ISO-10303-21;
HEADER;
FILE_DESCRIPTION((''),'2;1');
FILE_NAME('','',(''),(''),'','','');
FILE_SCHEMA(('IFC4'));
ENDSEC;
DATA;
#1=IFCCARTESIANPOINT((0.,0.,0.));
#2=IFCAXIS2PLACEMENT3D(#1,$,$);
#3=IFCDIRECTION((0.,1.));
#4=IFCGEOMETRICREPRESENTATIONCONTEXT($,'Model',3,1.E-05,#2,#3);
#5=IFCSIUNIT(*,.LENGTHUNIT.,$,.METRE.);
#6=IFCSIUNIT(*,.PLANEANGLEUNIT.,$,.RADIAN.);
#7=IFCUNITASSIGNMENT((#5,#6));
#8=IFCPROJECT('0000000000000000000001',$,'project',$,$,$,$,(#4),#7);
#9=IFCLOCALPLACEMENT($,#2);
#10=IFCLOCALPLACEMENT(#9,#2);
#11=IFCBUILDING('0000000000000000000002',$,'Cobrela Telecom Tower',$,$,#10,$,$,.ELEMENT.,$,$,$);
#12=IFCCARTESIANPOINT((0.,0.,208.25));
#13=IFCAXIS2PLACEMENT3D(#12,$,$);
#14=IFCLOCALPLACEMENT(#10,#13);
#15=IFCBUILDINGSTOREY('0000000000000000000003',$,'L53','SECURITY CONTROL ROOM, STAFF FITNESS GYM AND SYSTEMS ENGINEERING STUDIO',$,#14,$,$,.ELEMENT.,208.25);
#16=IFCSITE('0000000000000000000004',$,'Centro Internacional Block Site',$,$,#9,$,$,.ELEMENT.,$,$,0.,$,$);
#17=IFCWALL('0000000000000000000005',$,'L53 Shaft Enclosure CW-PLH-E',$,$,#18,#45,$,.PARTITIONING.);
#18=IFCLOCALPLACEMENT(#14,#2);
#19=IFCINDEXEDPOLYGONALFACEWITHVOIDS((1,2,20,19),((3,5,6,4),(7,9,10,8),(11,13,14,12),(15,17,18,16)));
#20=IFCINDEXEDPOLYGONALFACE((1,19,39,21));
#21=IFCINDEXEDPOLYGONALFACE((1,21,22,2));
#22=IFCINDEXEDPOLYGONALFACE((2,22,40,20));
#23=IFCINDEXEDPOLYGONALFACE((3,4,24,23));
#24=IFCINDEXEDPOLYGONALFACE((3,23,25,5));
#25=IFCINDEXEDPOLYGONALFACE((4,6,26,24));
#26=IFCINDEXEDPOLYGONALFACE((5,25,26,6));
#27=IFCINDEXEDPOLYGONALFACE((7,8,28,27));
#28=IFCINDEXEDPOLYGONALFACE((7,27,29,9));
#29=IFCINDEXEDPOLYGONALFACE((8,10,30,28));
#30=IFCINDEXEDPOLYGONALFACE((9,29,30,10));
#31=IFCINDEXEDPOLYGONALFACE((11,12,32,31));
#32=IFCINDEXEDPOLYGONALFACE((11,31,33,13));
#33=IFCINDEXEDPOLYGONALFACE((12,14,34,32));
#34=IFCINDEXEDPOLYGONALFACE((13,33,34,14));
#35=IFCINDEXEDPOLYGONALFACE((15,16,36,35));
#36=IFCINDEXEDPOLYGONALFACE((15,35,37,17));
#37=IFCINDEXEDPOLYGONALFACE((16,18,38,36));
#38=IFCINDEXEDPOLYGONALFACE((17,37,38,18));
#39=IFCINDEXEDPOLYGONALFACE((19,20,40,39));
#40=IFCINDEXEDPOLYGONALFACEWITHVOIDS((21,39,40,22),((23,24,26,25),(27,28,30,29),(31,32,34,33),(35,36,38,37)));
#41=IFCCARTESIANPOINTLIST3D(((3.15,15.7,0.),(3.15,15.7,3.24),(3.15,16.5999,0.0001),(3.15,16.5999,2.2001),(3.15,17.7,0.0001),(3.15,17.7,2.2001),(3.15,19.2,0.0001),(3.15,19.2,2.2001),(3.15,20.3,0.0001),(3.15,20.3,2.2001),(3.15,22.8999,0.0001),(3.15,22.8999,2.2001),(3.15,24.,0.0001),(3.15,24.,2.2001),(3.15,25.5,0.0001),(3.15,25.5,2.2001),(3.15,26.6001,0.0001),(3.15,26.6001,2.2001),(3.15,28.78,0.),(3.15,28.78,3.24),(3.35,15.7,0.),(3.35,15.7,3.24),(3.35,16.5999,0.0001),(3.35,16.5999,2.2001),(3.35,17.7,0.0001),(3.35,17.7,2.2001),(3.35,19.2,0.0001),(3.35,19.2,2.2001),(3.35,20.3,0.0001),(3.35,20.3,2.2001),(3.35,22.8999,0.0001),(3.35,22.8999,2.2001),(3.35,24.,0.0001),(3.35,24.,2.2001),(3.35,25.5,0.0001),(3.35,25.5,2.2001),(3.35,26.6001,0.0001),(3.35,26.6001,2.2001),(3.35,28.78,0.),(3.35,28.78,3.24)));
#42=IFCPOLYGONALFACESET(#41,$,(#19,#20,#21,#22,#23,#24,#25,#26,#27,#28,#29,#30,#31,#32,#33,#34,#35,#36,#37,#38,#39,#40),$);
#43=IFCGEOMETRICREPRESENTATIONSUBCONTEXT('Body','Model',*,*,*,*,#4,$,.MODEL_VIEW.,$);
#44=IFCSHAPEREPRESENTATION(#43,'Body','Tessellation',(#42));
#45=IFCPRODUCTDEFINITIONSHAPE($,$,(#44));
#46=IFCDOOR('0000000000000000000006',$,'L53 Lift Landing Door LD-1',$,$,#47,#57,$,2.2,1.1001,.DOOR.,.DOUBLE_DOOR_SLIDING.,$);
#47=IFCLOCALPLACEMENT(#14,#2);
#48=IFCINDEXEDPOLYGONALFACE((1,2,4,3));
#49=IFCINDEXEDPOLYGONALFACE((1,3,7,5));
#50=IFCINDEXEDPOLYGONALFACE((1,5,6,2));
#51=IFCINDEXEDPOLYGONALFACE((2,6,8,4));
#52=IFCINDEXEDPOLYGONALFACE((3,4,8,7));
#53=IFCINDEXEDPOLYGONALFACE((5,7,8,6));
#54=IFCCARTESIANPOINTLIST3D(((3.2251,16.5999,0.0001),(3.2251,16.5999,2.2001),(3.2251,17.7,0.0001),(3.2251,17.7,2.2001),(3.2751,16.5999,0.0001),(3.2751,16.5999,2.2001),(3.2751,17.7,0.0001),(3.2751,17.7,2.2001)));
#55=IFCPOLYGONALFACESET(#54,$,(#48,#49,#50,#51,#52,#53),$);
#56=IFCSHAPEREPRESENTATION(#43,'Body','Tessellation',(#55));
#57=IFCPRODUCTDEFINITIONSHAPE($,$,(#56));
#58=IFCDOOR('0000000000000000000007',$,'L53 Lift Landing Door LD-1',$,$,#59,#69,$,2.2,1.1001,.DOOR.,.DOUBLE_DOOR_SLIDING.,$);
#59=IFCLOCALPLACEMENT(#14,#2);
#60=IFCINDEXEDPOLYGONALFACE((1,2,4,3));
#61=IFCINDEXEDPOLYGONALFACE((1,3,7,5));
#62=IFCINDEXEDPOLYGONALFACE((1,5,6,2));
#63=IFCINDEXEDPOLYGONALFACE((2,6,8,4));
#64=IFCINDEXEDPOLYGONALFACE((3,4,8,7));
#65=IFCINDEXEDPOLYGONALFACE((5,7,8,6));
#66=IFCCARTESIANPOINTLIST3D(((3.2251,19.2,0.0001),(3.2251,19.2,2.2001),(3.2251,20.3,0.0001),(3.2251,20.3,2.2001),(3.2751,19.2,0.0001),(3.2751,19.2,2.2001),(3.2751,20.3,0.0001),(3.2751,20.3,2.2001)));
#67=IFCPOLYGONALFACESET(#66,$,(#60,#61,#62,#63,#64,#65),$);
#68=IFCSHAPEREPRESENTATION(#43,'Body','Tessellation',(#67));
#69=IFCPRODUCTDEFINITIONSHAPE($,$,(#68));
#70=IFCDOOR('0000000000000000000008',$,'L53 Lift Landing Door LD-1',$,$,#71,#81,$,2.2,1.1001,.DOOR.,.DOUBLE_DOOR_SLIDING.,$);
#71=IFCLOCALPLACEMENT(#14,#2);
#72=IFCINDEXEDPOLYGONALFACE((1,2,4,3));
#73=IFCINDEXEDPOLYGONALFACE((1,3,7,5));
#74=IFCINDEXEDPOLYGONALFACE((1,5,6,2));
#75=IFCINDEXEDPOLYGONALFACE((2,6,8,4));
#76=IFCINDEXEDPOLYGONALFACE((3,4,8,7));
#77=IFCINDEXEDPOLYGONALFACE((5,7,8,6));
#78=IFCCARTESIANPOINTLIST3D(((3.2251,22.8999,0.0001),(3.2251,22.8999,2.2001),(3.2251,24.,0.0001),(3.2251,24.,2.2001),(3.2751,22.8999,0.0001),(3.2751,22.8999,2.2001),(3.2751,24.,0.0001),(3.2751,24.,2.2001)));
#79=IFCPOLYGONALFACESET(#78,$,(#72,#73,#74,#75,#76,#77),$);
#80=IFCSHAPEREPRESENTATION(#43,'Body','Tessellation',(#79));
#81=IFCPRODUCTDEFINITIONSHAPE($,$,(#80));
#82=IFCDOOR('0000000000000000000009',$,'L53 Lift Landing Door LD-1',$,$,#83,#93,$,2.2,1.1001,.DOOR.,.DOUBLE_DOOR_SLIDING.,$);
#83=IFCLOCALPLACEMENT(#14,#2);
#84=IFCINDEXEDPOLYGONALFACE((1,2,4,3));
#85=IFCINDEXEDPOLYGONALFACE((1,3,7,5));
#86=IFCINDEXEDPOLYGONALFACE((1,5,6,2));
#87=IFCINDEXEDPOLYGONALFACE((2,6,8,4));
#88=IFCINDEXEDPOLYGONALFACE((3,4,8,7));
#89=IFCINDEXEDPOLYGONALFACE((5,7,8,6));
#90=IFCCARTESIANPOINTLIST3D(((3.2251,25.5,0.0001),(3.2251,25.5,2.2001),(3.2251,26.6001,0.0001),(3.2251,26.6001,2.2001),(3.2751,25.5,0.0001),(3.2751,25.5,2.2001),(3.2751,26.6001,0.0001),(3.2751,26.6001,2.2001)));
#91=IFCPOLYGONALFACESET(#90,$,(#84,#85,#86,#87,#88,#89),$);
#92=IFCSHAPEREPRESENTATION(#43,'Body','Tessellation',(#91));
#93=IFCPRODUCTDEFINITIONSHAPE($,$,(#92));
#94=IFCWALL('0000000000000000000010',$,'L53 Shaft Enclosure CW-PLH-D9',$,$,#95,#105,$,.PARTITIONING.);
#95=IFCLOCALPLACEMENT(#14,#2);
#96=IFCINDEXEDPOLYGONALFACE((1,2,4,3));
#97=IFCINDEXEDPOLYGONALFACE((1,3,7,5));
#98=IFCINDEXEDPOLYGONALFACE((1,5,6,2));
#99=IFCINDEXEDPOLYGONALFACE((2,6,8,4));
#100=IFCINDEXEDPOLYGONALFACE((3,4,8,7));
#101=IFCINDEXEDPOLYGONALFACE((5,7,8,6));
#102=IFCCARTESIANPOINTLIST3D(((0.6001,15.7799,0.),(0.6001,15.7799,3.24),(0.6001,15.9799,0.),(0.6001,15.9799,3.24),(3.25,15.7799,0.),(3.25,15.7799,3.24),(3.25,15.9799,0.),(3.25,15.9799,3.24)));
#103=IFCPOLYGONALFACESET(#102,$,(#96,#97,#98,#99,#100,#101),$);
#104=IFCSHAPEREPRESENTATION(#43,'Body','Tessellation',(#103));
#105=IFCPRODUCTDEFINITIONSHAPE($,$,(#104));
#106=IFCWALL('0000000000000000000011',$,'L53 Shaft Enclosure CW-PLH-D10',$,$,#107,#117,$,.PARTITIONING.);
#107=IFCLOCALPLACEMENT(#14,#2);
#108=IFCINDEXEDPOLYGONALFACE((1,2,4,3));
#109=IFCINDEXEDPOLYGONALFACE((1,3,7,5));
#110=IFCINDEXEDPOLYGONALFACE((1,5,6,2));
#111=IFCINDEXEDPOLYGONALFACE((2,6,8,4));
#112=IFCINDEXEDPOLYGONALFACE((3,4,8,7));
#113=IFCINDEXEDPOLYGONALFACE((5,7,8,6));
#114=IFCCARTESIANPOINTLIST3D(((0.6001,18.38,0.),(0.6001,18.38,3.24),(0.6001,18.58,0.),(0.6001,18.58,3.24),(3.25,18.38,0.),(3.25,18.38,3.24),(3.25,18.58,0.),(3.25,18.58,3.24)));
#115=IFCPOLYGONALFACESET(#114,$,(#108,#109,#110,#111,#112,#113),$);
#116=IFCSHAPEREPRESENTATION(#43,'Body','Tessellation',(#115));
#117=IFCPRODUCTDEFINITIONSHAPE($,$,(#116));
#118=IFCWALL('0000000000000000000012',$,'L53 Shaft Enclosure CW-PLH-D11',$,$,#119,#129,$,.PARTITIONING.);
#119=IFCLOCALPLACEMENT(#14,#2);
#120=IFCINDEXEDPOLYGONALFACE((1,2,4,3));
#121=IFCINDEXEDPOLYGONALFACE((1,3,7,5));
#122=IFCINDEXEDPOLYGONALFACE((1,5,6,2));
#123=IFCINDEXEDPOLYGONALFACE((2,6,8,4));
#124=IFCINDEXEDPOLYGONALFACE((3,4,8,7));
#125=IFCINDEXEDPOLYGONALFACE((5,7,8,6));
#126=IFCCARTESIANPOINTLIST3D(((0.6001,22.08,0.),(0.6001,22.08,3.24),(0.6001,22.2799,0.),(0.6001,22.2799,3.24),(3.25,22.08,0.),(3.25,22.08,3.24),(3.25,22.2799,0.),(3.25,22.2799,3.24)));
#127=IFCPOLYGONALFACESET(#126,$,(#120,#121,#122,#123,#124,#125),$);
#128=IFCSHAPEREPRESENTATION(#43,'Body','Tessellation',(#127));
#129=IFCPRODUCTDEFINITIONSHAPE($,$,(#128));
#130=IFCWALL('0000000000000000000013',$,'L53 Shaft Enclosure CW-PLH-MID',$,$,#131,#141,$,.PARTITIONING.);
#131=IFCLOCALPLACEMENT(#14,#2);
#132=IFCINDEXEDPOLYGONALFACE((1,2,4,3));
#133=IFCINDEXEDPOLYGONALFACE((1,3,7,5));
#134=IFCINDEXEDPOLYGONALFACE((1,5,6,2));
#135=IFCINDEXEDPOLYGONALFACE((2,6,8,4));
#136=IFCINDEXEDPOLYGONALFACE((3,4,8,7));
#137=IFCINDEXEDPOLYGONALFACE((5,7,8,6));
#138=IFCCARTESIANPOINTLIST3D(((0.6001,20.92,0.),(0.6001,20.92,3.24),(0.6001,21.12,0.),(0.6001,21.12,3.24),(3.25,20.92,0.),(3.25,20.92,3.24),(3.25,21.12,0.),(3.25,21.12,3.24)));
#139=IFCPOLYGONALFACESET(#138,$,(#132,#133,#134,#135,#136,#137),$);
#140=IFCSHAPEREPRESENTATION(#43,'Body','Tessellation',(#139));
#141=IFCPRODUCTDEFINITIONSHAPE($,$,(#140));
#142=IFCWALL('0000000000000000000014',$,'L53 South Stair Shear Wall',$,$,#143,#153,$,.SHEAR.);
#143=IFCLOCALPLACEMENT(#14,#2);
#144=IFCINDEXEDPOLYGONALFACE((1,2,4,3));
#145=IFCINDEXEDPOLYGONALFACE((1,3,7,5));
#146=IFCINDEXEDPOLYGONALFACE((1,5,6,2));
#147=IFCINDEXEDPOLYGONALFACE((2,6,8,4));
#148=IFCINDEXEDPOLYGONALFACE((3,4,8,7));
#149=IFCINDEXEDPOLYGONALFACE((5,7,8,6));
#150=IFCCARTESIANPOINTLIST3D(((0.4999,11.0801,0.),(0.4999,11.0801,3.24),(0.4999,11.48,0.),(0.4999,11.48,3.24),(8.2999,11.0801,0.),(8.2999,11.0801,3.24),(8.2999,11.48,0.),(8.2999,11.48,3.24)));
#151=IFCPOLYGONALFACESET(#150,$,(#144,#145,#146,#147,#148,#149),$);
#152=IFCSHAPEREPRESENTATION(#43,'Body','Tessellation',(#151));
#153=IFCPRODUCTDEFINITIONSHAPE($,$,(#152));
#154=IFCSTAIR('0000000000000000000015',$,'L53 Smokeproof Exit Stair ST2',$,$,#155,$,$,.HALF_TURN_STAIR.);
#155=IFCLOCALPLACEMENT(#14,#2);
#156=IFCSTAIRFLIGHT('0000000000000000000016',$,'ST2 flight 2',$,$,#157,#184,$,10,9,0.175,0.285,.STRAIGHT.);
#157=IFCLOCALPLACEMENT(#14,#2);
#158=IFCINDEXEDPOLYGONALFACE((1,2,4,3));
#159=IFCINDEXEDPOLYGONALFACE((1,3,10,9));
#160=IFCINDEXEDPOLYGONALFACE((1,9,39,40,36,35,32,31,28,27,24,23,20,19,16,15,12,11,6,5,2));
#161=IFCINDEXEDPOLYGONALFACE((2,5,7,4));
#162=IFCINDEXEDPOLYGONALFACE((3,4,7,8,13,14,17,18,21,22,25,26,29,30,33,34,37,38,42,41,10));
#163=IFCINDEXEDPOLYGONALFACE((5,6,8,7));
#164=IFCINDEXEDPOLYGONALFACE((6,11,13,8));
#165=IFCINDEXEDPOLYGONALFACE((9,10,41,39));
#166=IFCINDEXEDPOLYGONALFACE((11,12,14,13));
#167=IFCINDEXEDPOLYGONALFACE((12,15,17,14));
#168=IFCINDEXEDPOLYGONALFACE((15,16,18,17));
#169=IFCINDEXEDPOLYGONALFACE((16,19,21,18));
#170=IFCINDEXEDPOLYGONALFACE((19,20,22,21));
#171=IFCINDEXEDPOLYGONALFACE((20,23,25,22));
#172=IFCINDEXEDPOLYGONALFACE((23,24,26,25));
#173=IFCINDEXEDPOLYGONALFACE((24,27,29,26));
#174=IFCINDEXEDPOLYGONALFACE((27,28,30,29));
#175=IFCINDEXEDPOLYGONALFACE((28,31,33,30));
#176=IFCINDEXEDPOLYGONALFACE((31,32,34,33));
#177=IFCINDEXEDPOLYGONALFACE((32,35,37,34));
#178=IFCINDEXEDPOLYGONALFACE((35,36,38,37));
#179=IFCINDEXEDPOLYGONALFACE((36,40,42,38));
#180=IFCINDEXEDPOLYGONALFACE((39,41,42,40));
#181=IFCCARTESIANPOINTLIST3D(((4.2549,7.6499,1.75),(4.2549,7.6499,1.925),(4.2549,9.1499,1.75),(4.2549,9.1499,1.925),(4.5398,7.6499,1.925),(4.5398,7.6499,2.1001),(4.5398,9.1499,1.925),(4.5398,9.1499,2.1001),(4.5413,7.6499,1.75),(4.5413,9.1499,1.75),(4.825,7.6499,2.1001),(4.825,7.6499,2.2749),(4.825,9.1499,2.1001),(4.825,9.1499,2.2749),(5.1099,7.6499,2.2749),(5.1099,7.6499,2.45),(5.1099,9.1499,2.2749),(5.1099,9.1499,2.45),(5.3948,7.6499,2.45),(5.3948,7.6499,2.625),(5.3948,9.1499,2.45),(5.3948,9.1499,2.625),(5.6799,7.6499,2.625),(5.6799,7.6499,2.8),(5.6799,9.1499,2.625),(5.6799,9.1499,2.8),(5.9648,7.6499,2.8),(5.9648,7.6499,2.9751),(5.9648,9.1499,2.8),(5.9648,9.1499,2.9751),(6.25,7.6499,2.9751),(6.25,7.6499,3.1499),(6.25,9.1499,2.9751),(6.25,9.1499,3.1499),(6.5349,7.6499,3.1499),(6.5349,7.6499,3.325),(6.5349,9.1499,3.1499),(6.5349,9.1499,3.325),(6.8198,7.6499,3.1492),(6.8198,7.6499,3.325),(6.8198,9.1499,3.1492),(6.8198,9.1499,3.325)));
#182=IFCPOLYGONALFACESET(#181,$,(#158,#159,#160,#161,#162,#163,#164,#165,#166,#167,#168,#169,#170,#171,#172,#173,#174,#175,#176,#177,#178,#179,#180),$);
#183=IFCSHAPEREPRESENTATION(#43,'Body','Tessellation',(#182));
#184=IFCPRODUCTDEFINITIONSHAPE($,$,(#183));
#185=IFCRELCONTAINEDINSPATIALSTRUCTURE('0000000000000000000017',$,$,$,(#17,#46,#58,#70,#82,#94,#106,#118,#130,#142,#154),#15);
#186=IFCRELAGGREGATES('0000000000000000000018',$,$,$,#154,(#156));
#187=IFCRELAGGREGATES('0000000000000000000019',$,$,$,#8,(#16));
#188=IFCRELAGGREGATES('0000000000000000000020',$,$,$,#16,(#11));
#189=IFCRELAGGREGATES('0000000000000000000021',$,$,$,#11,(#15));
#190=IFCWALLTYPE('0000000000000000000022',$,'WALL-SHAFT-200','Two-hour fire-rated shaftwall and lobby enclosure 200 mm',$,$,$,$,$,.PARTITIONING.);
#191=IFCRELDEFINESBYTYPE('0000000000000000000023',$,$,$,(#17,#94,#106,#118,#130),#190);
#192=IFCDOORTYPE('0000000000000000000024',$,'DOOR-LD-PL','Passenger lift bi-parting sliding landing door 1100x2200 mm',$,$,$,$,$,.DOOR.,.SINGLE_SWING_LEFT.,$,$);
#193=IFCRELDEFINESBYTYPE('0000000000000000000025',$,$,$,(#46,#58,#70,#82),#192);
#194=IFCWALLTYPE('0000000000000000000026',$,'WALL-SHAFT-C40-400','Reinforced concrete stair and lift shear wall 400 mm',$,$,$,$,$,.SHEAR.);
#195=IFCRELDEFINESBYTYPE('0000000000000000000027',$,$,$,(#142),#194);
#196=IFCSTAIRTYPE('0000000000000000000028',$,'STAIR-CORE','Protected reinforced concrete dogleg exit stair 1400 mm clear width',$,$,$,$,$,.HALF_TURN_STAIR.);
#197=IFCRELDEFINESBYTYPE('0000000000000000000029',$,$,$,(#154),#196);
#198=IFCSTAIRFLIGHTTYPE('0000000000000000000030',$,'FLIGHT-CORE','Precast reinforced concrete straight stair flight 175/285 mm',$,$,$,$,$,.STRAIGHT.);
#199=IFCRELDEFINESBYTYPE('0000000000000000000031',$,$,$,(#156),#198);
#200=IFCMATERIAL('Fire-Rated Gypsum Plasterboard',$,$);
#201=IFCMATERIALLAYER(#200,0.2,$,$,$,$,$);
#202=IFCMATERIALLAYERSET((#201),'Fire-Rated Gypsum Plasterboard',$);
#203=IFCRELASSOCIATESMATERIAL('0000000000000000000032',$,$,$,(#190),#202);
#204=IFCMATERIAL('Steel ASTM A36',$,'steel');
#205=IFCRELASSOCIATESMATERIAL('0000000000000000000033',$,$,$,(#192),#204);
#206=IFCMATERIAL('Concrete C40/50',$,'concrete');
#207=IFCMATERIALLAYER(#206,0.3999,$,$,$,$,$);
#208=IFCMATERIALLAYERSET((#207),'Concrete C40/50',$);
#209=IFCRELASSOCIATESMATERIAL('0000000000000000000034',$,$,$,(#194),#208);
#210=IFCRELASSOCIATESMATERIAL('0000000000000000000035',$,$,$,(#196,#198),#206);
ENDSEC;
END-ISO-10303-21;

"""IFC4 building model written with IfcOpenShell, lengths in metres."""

from ifc_helpers import new_model, si_unit, direction, frame, frame_2d, origin, place, context, subcontext, project, spatial, polyline, rectangle, outline, extrude, material, layer, layer_set, type_object, element, fill, aggregate, save


model = new_model("IFC4")

# Units and contexts
model_context = context("Model", 3, precision=1e-05, world=origin(), true_north=direction((0.0, 1.0)))
body_context = subcontext(model_context, "Body", "Model", "MODEL_VIEW")
ifc_project = project(units=[si_unit("LENGTHUNIT", "METRE"), si_unit("PLANEANGLEUNIT", "RADIAN")], contexts=[model_context])

# Site, building, storey
site_placement = place(None, origin())
site = spatial("IfcSite", under=ifc_project, at=site_placement, Name="Centro Internacional Block Site", CompositionType="ELEMENT", RefElevation=0.0)
building_placement = place(site_placement, origin())
building = spatial("IfcBuilding", under=site, at=building_placement, Name="Cobrela Telecom Tower", CompositionType="ELEMENT")
storey_placement = place(building_placement, frame((0.0, 0.0, 208.25)))
storey = spatial("IfcBuildingStorey", under=building, at=storey_placement, Name="L53", Description="SECURITY CONTROL ROOM, STAFF FITNESS GYM AND SYSTEMS ENGINEERING STUDIO", CompositionType="ELEMENT", Elevation=208.25)

# Shared definitions
ifc_material_1 = material(Name="Fire-Rated Gypsum Plasterboard")

# Wall, openings, doors
ifc_layer_1 = layer(ifc_material_1, 0.2)
ifc_layer_set_1 = layer_set([ifc_layer_1], Name="Fire-Rated Gypsum Plasterboard")
wall_type_1 = type_object("IfcWallType", Name="WALL-SHAFT-200", Description="Two-hour fire-rated shaftwall and lobby enclosure 200 mm", PredefinedType="PARTITIONING", material=ifc_layer_set_1)
wall_1_placement = place(storey_placement, frame((3.25, 15.7, 0.0), z_axis=(0.0, 0.0, 1.0), x_axis=(0.0, 1.0, 0.0)))
wall_1 = element("IfcWall", 1, at=wall_1_placement, inside=storey, type_object=wall_type_1, Name="L53 Shaft Enclosure CW-PLH-E", PredefinedType="PARTITIONING", context=body_context, shape_type="SweptSolid", body=[
    extrude(rectangle(XDim=13.0801, YDim=0.2, at=frame_2d((6.54, 0.0))), origin(), (0.0, 0.0, 1.0), 3.24),
])
opening_1_placement = place(wall_1_placement, frame((0.8999, 0.0, 0.0)))
opening_1 = element("IfcOpeningElement", 2, at=opening_1_placement, cuts=wall_1, PredefinedType="OPENING", context=body_context, shape_type="SweptSolid", body=[
    extrude(rectangle(XDim=1.1001, YDim=2.2, at=frame_2d((0.55, 1.1001))), frame((0.0, 0.1118, 0.0), z_axis=(0.0, -1.0, 0.0), x_axis=(1.0, 0.0, 0.0)), (0.0, 0.0, 1.0), 0.2239),
])
opening_2_placement = place(wall_1_placement, frame((3.5, 0.0, 0.0)))
opening_2 = element("IfcOpeningElement", 3, at=opening_2_placement, cuts=wall_1, PredefinedType="OPENING", context=body_context, shape_type="SweptSolid", body=[
    extrude(rectangle(XDim=1.1001, YDim=2.2, at=frame_2d((0.55, 1.1001))), frame((0.0, 0.1118, 0.0), z_axis=(0.0, -1.0, 0.0), x_axis=(1.0, 0.0, 0.0)), (0.0, 0.0, 1.0), 0.2239),
])
opening_3_placement = place(wall_1_placement, frame((7.2, 0.0, 0.0)))
opening_3 = element("IfcOpeningElement", 4, at=opening_3_placement, cuts=wall_1, PredefinedType="OPENING", context=body_context, shape_type="SweptSolid", body=[
    extrude(rectangle(XDim=1.1001, YDim=2.2, at=frame_2d((0.55, 1.1001))), frame((0.0, 0.1118, 0.0), z_axis=(0.0, -1.0, 0.0), x_axis=(1.0, 0.0, 0.0)), (0.0, 0.0, 1.0), 0.2239),
])
opening_4_placement = place(wall_1_placement, frame((9.8, 0.0, 0.0)))
opening_4 = element("IfcOpeningElement", 5, at=opening_4_placement, cuts=wall_1, PredefinedType="OPENING", context=body_context, shape_type="SweptSolid", body=[
    extrude(rectangle(XDim=1.1001, YDim=2.2, at=frame_2d((0.55, 1.1001))), frame((0.0, 0.1118, 0.0), z_axis=(0.0, -1.0, 0.0), x_axis=(1.0, 0.0, 0.0)), (0.0, 0.0, 1.0), 0.2239),
])
ifc_material_2 = material(Name="Steel ASTM A36", Category="steel")
door_type_1 = type_object("IfcDoorType", Name="DOOR-LD-PL", Description="Passenger lift bi-parting sliding landing door 1100x2200 mm", OperationType="SINGLE_SWING_LEFT", PredefinedType="DOOR", material=ifc_material_2)
door_1_placement = place(opening_1_placement, origin())
door_1 = element("IfcDoor", 6, at=door_1_placement, inside=storey, type_object=door_type_1, Name="L53 Lift Landing Door LD-1", OperationType="DOUBLE_DOOR_SLIDING", OverallHeight=2.2, OverallWidth=1.1001, PredefinedType="DOOR", context=body_context, shape_type="SweptSolid", body=[
    extrude(rectangle(XDim=1.1001, YDim=2.2, at=frame_2d((0.55, 1.1001))), frame((0.0, 0.0249, 0.0), z_axis=(0.0, -1.0, 0.0), x_axis=(1.0, 0.0, 0.0)), (0.0, 0.0, 1.0), 0.05),
])
fill(opening_1, door_1)
door_2_placement = place(opening_2_placement, origin())
door_2 = element("IfcDoor", 7, at=door_2_placement, inside=storey, type_object=door_type_1, Name="L53 Lift Landing Door LD-1", OperationType="DOUBLE_DOOR_SLIDING", OverallHeight=2.2, OverallWidth=1.1001, PredefinedType="DOOR", context=body_context, shape_type="SweptSolid", body=[
    extrude(rectangle(XDim=1.1001, YDim=2.2, at=frame_2d((0.55, 1.1001))), frame((0.0, 0.0249, 0.0), z_axis=(0.0, -1.0, 0.0), x_axis=(1.0, 0.0, 0.0)), (0.0, 0.0, 1.0), 0.05),
])
fill(opening_2, door_2)
door_3_placement = place(opening_3_placement, origin())
door_3 = element("IfcDoor", 8, at=door_3_placement, inside=storey, type_object=door_type_1, Name="L53 Lift Landing Door LD-1", OperationType="DOUBLE_DOOR_SLIDING", OverallHeight=2.2, OverallWidth=1.1001, PredefinedType="DOOR", context=body_context, shape_type="SweptSolid", body=[
    extrude(rectangle(XDim=1.1001, YDim=2.2, at=frame_2d((0.55, 1.1001))), frame((0.0, 0.0249, 0.0), z_axis=(0.0, -1.0, 0.0), x_axis=(1.0, 0.0, 0.0)), (0.0, 0.0, 1.0), 0.05),
])
fill(opening_3, door_3)
door_4_placement = place(opening_4_placement, origin())
door_4 = element("IfcDoor", 9, at=door_4_placement, inside=storey, type_object=door_type_1, Name="L53 Lift Landing Door LD-1", OperationType="DOUBLE_DOOR_SLIDING", OverallHeight=2.2, OverallWidth=1.1001, PredefinedType="DOOR", context=body_context, shape_type="SweptSolid", body=[
    extrude(rectangle(XDim=1.1001, YDim=2.2, at=frame_2d((0.55, 1.1001))), frame((0.0, 0.0249, 0.0), z_axis=(0.0, -1.0, 0.0), x_axis=(1.0, 0.0, 0.0)), (0.0, 0.0, 1.0), 0.05),
])
fill(opening_4, door_4)

# Walls
for number, where, z_axis, x_axis, name in (
    (10, (0.6001, 15.8799, 0.0), (0.0, 0.0, 1.0), (1.0, 0.0, 0.0), "L53 Shaft Enclosure CW-PLH-D9"),
    (11, (0.6001, 18.48, 0.0), (0.0, 0.0, 1.0), (1.0, 0.0, 0.0), "L53 Shaft Enclosure CW-PLH-D10"),
    (12, (0.6001, 22.1799, 0.0), (0.0, 0.0, 1.0), (1.0, 0.0, 0.0), "L53 Shaft Enclosure CW-PLH-D11"),
    (13, (0.6001, 21.02, 0.0), (0.0, 0.0, 1.0), (1.0, 0.0, 0.0), "L53 Shaft Enclosure CW-PLH-MID"),
):
    element("IfcWall", number, at=place(storey_placement, frame(where, z_axis=z_axis, x_axis=x_axis)), inside=storey, type_object=wall_type_1, Name=name, PredefinedType="PARTITIONING", context=body_context, shape_type="SweptSolid", body=[
        extrude(rectangle(XDim=2.6499, YDim=0.2, at=frame_2d((1.325, 0.0))), origin(), (0.0, 0.0, 1.0), 3.24),
    ])
ifc_material_3 = material(Name="Concrete C40/50", Category="concrete")
ifc_layer_2 = layer(ifc_material_3, 0.3999)
ifc_layer_set_2 = layer_set([ifc_layer_2], Name="Concrete C40/50")
wall_type_2 = type_object("IfcWallType", Name="WALL-SHAFT-C40-400", Description="Reinforced concrete stair and lift shear wall 400 mm", PredefinedType="SHEAR", material=ifc_layer_set_2)
wall_2_placement = place(storey_placement, frame((0.5, 11.28, 0.0), z_axis=(0.0, 0.0, 1.0), x_axis=(1.0, 0.0, 0.0)))
element("IfcWall", 14, at=wall_2_placement, inside=storey, type_object=wall_type_2, Name="L53 South Stair Shear Wall", PredefinedType="SHEAR", context=body_context, shape_type="SweptSolid", body=[
    extrude(rectangle(XDim=7.8, YDim=0.3999, at=frame_2d((3.8999, 0.0))), origin(), (0.0, 0.0, 1.0), 3.24),
])

# Stair, stair flight
stair_type = type_object("IfcStairType", Name="STAIR-CORE", Description="Protected reinforced concrete dogleg exit stair 1400 mm clear width", PredefinedType="HALF_TURN_STAIR", material=ifc_material_3)
stair_placement = place(storey_placement, origin())
stair = element("IfcStair", 15, at=stair_placement, inside=storey, type_object=stair_type, Name="L53 Smokeproof Exit Stair ST2", PredefinedType="HALF_TURN_STAIR")
stair_flight_type = type_object("IfcStairFlightType", Name="FLIGHT-CORE", Description="Precast reinforced concrete straight stair flight 175/285 mm", PredefinedType="STRAIGHT", material=ifc_material_3)
stair_flight_placement = place(storey_placement, frame((4.2549, 8.3999, 1.75), z_axis=(0.0, 0.0, 1.0), x_axis=(1.0, 0.0, 0.0)))
stair_flight = element("IfcStairFlight", 16, at=stair_flight_placement, type_object=stair_flight_type, Name="ST2 flight 2", NumberOfRisers=10, NumberOfTreads=9, PredefinedType="STRAIGHT", RiserHeight=0.175, TreadLength=0.285, context=body_context, shape_type="SweptSolid", body=[
    extrude(outline(polyline([(0.0, 0.0), (0.0, 0.175), (0.2849, 0.175), (0.2849, 0.3501), (0.5701, 0.3501), (0.5701, 0.5249), (0.855, 0.5249), (0.855, 0.7), (1.1399, 0.7), (1.1399, 0.875), (1.425, 0.875), (1.425, 1.05), (1.71, 1.05), (1.71, 1.2251), (1.9951, 1.2251), (1.9951, 1.3999), (2.28, 1.3999), (2.28, 1.575), (2.5649, 1.575), (2.5649, 1.75), (2.5649, 1.3992), (0.2864, 0.0), (0.0, 0.0)])), frame((0.0, 0.75, 0.0), z_axis=(0.0, -1.0, 0.0), x_axis=(1.0, 0.0, 0.0)), (0.0, 0.0, 1.0), 1.5),
])
aggregate(stair, [stair_flight])

save(model, "model.ifc")
